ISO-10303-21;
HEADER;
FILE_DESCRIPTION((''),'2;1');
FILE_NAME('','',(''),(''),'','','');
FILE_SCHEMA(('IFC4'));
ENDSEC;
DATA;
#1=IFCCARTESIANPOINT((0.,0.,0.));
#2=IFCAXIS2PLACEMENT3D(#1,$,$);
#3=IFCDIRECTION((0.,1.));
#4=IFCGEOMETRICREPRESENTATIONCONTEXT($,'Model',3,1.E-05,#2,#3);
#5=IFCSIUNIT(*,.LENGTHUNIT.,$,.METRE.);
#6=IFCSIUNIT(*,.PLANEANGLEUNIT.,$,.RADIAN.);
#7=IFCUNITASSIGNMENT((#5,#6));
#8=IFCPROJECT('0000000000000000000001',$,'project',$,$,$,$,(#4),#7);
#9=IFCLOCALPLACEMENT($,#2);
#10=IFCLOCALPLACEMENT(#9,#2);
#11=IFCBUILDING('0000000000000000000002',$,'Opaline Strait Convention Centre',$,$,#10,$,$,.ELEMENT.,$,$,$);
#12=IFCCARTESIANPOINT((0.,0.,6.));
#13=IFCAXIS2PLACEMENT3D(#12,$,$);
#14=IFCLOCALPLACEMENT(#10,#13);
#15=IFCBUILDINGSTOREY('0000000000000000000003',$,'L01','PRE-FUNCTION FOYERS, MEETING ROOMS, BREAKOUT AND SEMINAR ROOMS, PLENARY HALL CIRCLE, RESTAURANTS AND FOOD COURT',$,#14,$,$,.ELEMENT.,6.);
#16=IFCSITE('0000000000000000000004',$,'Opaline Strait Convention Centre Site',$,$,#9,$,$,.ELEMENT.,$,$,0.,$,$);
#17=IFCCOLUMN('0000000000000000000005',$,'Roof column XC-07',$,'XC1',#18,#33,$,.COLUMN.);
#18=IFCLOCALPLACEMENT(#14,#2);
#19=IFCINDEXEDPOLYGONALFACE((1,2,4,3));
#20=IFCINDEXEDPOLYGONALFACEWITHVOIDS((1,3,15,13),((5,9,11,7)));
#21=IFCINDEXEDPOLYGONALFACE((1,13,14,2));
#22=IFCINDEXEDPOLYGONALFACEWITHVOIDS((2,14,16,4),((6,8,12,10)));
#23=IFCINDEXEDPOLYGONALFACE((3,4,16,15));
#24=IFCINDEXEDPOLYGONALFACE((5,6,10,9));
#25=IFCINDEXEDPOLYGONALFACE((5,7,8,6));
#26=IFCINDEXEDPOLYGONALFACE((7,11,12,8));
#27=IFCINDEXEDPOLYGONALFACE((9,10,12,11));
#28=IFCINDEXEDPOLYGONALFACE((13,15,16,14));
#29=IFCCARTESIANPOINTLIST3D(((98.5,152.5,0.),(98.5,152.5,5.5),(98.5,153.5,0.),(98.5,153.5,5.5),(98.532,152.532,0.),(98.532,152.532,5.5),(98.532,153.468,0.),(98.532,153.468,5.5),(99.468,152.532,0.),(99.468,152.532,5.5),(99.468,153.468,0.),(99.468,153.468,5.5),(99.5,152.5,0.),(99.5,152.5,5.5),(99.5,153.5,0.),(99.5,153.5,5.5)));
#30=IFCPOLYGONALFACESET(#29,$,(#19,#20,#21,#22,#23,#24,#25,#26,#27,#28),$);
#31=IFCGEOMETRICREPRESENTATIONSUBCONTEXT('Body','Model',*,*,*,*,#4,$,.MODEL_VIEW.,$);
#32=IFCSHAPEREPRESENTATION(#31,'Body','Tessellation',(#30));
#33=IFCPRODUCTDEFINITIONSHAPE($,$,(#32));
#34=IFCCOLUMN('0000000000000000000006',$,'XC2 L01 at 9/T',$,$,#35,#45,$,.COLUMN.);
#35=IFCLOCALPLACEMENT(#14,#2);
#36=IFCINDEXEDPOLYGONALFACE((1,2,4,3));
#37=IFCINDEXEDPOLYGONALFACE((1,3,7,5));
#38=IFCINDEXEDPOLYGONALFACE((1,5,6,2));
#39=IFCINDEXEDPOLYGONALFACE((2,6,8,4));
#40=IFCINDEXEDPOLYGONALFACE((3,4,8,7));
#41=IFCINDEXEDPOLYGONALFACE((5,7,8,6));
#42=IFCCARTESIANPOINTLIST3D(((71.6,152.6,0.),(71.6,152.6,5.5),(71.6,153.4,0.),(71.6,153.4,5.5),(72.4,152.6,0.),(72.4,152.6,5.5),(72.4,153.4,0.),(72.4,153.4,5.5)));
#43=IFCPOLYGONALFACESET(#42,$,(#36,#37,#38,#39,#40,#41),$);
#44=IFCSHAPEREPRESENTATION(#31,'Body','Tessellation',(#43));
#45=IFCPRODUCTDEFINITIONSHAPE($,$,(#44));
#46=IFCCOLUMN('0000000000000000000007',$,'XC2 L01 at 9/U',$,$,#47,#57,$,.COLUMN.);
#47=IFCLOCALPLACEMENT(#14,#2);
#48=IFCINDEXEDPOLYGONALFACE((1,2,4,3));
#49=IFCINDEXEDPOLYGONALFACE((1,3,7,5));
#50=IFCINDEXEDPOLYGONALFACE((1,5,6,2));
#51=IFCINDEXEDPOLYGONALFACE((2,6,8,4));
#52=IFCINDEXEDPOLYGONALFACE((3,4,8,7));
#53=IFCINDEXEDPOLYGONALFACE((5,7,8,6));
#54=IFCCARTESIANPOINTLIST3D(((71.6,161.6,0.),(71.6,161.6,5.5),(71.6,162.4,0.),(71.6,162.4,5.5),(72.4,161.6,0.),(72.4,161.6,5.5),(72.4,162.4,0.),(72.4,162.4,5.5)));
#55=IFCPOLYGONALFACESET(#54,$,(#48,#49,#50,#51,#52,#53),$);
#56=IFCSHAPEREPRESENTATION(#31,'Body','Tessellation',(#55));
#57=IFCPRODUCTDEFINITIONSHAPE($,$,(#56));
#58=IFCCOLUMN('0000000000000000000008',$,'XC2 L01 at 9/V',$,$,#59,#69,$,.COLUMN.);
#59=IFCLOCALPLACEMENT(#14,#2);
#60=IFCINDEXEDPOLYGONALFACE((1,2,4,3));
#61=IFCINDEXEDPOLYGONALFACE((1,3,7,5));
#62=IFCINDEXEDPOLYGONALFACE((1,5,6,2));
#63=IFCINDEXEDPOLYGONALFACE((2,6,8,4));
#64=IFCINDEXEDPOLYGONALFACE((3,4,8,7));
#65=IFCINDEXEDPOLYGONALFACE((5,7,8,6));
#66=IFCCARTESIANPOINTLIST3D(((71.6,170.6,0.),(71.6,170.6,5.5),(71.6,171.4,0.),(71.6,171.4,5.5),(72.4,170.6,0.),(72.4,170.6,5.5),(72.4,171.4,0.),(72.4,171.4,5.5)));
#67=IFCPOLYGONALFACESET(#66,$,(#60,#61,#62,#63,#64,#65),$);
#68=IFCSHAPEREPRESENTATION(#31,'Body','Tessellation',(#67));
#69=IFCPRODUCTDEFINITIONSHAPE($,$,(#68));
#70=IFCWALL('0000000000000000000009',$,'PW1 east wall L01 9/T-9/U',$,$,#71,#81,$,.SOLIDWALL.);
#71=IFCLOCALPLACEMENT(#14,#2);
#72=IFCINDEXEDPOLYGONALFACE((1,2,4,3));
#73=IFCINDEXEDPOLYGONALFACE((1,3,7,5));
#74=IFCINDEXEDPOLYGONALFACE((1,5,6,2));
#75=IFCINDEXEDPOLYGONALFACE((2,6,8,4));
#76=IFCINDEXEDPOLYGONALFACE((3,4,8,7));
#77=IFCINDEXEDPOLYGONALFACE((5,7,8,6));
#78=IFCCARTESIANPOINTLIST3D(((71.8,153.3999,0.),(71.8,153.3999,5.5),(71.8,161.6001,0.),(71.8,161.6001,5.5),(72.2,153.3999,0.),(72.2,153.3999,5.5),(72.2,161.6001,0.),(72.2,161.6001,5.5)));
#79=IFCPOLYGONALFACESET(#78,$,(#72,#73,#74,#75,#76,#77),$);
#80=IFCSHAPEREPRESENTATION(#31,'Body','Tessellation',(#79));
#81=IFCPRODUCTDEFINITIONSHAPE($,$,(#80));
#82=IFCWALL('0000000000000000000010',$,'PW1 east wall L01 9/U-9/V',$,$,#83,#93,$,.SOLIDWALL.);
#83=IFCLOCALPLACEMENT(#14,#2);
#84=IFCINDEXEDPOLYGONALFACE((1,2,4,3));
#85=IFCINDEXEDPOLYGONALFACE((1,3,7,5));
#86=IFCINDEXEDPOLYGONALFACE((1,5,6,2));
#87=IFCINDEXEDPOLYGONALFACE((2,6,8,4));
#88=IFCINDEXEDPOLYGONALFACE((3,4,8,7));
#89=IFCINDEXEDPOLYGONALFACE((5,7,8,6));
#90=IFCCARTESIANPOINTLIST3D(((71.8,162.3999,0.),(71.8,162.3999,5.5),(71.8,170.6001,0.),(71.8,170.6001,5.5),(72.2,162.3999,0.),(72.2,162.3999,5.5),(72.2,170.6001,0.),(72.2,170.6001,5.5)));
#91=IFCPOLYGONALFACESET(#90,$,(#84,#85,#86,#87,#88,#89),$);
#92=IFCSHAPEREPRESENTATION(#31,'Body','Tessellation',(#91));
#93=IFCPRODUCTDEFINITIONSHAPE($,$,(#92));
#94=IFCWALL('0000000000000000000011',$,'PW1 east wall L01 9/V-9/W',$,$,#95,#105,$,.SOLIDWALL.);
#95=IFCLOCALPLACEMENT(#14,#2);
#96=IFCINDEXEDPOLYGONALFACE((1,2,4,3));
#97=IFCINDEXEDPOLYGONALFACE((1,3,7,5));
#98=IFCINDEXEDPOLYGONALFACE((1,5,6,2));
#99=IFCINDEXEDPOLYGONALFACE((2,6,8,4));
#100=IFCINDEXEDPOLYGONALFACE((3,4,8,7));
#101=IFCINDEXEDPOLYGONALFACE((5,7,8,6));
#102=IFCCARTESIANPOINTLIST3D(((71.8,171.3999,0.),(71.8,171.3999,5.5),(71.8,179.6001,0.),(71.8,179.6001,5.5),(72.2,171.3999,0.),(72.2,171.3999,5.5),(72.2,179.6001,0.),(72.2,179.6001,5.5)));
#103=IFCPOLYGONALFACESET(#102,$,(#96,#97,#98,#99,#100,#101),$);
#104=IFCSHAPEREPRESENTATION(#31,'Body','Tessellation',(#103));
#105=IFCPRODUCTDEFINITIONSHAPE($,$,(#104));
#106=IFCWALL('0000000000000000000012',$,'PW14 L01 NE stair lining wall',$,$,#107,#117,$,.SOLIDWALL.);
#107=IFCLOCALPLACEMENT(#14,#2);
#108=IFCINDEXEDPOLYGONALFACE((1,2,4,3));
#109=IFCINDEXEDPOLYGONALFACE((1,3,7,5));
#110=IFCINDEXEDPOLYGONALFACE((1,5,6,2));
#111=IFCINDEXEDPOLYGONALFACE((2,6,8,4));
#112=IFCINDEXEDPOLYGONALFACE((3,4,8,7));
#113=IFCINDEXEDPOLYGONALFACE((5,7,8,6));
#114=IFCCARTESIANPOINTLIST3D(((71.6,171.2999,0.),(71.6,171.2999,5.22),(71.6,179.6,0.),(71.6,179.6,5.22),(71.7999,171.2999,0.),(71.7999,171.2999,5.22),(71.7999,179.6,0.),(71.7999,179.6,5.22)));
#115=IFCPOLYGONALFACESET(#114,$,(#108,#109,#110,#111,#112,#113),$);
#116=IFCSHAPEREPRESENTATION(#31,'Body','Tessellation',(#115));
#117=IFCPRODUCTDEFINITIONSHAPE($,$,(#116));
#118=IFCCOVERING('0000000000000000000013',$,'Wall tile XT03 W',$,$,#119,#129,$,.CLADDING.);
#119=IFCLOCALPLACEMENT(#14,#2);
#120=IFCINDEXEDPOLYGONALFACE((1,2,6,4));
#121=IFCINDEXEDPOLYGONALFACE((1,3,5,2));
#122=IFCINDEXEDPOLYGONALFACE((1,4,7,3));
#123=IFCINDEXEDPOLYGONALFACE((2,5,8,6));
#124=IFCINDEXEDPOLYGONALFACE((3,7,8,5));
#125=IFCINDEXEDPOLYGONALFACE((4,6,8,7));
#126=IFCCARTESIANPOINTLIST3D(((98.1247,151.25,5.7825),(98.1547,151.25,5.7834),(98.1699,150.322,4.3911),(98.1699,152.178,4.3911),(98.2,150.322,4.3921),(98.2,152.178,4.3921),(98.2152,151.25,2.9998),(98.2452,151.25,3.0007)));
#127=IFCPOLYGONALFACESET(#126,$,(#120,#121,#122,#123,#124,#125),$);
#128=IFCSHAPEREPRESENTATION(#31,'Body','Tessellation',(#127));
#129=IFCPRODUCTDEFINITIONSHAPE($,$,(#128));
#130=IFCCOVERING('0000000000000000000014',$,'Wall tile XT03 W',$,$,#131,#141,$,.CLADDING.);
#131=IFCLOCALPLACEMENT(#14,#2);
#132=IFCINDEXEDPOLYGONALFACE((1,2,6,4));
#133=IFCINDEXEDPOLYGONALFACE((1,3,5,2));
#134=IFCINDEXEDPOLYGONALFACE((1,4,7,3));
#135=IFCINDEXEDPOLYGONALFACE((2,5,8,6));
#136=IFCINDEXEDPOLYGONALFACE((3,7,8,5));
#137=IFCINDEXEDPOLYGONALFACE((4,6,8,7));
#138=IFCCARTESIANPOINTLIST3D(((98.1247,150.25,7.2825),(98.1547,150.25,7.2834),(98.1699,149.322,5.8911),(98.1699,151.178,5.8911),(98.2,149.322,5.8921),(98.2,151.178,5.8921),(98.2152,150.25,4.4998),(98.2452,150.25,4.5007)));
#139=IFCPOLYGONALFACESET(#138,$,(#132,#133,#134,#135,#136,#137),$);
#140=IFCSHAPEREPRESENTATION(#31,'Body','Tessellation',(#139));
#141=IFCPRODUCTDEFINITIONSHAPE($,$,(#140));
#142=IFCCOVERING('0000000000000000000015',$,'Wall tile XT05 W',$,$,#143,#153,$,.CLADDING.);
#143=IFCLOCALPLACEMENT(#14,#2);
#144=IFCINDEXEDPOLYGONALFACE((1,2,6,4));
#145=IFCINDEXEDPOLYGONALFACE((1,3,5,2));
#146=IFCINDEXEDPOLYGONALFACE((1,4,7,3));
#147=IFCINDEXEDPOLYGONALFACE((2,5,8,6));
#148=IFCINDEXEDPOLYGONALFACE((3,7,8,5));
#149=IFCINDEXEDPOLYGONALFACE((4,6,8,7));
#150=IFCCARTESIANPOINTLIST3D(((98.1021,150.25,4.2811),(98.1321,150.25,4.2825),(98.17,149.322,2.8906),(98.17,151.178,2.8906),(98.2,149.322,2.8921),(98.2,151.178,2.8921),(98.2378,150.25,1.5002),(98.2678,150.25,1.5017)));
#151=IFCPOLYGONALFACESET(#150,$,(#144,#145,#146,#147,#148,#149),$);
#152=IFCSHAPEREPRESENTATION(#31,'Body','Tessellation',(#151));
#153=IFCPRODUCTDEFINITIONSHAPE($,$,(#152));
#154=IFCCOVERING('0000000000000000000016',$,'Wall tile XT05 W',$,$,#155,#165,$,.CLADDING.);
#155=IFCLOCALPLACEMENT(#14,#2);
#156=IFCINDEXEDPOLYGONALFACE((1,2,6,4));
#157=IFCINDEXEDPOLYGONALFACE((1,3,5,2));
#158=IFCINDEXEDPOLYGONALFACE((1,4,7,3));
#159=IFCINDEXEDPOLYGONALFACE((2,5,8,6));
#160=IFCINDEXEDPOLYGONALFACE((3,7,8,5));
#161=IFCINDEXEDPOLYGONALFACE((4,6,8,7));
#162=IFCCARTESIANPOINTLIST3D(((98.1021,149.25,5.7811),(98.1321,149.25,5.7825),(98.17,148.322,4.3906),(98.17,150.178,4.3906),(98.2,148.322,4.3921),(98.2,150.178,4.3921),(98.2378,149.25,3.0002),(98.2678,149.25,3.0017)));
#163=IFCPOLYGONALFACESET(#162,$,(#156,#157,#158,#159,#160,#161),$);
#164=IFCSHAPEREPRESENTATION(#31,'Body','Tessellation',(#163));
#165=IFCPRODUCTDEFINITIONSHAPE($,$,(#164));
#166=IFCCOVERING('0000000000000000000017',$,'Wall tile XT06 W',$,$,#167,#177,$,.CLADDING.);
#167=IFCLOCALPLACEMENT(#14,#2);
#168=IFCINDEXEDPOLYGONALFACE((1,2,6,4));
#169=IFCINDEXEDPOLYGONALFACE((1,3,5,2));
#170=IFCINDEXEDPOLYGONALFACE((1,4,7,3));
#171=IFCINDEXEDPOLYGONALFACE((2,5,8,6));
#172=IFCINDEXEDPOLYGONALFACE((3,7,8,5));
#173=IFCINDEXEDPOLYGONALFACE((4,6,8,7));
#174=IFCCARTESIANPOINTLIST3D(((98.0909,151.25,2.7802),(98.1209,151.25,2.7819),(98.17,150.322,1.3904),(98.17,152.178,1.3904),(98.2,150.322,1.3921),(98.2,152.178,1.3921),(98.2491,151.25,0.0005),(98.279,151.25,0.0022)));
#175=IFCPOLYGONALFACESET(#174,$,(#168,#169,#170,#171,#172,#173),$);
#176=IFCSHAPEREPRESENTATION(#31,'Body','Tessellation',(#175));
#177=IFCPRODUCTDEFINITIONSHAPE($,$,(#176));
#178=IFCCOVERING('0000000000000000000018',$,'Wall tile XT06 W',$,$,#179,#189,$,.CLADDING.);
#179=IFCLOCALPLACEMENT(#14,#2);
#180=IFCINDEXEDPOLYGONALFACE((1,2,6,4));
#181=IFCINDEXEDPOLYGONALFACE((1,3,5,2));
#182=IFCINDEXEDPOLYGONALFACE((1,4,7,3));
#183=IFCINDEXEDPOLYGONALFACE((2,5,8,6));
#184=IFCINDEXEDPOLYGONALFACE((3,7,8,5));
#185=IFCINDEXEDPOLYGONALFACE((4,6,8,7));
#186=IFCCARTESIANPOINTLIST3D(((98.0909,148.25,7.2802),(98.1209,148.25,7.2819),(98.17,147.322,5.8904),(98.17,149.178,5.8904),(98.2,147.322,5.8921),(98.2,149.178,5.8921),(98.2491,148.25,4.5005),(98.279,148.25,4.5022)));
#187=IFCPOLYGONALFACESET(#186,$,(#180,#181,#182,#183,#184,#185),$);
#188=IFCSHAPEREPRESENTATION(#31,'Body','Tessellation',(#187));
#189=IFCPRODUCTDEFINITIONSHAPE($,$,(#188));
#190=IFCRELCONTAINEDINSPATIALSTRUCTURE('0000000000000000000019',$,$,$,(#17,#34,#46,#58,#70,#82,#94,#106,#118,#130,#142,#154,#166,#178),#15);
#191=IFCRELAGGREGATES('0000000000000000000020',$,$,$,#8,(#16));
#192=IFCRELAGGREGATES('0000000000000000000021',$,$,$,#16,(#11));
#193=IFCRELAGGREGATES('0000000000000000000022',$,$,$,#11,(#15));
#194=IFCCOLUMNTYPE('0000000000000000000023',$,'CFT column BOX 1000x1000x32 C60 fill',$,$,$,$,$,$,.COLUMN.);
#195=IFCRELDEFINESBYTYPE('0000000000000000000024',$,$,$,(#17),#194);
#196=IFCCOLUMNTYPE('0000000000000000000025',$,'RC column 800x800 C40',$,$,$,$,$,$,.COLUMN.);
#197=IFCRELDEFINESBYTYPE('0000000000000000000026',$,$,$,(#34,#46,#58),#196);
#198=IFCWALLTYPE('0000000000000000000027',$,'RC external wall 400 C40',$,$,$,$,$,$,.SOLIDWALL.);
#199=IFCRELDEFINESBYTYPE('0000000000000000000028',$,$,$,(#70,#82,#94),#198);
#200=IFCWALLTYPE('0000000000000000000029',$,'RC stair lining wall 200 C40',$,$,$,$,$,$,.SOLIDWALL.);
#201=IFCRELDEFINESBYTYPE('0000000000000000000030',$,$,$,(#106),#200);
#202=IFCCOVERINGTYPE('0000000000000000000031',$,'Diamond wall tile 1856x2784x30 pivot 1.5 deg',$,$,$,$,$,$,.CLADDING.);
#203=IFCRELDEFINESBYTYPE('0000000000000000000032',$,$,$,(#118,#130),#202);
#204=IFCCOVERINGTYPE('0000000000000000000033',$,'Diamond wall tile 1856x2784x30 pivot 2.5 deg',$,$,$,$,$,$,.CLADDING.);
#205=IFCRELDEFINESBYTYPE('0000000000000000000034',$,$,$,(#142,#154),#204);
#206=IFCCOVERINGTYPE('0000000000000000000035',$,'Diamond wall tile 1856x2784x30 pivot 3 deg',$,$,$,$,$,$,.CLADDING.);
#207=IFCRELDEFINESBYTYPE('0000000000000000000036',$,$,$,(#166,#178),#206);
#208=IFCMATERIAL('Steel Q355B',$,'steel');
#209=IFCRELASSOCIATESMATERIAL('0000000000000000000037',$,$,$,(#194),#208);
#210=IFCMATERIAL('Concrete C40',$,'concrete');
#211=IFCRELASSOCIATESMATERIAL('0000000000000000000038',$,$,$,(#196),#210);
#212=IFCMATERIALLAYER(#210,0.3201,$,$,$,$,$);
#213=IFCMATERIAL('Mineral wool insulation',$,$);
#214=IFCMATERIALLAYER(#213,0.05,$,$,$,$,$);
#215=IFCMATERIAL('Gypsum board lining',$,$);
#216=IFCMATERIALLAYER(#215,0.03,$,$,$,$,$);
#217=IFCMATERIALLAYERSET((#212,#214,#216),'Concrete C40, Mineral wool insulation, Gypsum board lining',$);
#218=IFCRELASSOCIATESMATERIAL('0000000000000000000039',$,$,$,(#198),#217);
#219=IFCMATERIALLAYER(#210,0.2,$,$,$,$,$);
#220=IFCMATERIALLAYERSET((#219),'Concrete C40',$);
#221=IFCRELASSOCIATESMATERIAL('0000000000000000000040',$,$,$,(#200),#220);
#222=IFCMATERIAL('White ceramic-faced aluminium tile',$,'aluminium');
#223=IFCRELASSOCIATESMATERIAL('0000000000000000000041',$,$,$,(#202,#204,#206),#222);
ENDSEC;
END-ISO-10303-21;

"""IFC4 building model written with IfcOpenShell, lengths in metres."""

from ifc_helpers import new_model, si_unit, direction, frame, frame_2d, origin, origin_2d, place, context, subcontext, project, spatial, polyline, rectangle, hollow_rectangle, outline, extrude, material, layer, layer_set, material_profile, profile_set, type_object, element, save


model = new_model("IFC4")

# Units and contexts
model_context = context("Model", 3, precision=1e-05, world=origin(), true_north=direction((0.0, 1.0)))
body_context = subcontext(model_context, "Body", "Model", "MODEL_VIEW")
ifc_project = project(units=[si_unit("LENGTHUNIT", "METRE"), si_unit("PLANEANGLEUNIT", "RADIAN")], contexts=[model_context])

# Site, building, storey
site_placement = place(None, origin())
site = spatial("IfcSite", under=ifc_project, at=site_placement, Name="Opaline Strait Convention Centre Site", CompositionType="ELEMENT", RefElevation=0.0)
building_placement = place(site_placement, origin())
building = spatial("IfcBuilding", under=site, at=building_placement, Name="Opaline Strait Convention Centre", CompositionType="ELEMENT")
storey_placement = place(building_placement, frame((0.0, 0.0, 6.0)))
storey = spatial("IfcBuildingStorey", under=building, at=storey_placement, Name="L01", Description="PRE-FUNCTION FOYERS, MEETING ROOMS, BREAKOUT AND SEMINAR ROOMS, PLENARY HALL CIRCLE, RESTAURANTS AND FOOD COURT", CompositionType="ELEMENT", Elevation=6.0)

# Columns
ifc_material_1 = material(Name="Steel Q355B", Category="steel")
ifc_material_profile_1 = material_profile(ifc_material_1, hollow_rectangle(XDim=1.0, YDim=1.0, WallThickness=0.032, at=origin_2d()), Name="BOX 1000x1000x32")
ifc_profile_set_1 = profile_set([ifc_material_profile_1], Name="Steel Q355B")
column_type_1 = type_object("IfcColumnType", Name="CFT column BOX 1000x1000x32 C60 fill", PredefinedType="COLUMN", material=ifc_profile_set_1)
column_placement = place(storey_placement, frame((99.0, 153.0, 0.0), z_axis=(0.0, 0.0, 1.0), x_axis=(1.0, 0.0, 0.0)))
element("IfcColumn", 1, at=column_placement, inside=storey, type_object=column_type_1, Name="Roof column XC-07", ObjectType="XC1", PredefinedType="COLUMN", context=body_context, shape_type="SweptSolid", body=[
    extrude(hollow_rectangle(XDim=1.0, YDim=1.0, WallThickness=0.032, at=origin_2d()), origin(), (0.0, 0.0, 1.0), 5.5),
])
ifc_material_2 = material(Name="Concrete C40", Category="concrete")
ifc_material_profile_2 = material_profile(ifc_material_2, rectangle(XDim=0.8, YDim=0.8, at=origin_2d()), Name="RC 800x800")
ifc_profile_set_2 = profile_set([ifc_material_profile_2], Name="Concrete C40")
column_type_2 = type_object("IfcColumnType", Name="RC column 800x800 C40", PredefinedType="COLUMN", material=ifc_profile_set_2)
for number, where, z_axis, x_axis, name in (
    (2, (72.0, 153.0, 0.0), (0.0, 0.0, 1.0), (1.0, 0.0, 0.0), "XC2 L01 at 9/T"),
    (3, (72.0, 162.0, 0.0), (0.0, 0.0, 1.0), (1.0, 0.0, 0.0), "XC2 L01 at 9/U"),
    (4, (72.0, 171.0, 0.0), (0.0, 0.0, 1.0), (1.0, 0.0, 0.0), "XC2 L01 at 9/V"),
):
    element("IfcColumn", number, at=place(storey_placement, frame(where, z_axis=z_axis, x_axis=x_axis)), inside=storey, type_object=column_type_2, Name=name, PredefinedType="COLUMN", context=body_context, shape_type="SweptSolid", body=[
        extrude(rectangle(XDim=0.8, YDim=0.8, at=origin_2d()), origin(), (0.0, 0.0, 1.0), 5.5),
    ])

# Walls
ifc_layer_1 = layer(ifc_material_2, 0.3201)
ifc_material_3 = material(Name="Mineral wool insulation")
ifc_layer_2 = layer(ifc_material_3, 0.05)
ifc_material_4 = material(Name="Gypsum board lining")
ifc_layer_3 = layer(ifc_material_4, 0.03)
ifc_layer_set_1 = layer_set([ifc_layer_1, ifc_layer_2, ifc_layer_3], Name="Concrete C40, Mineral wool insulation, Gypsum board lining")
wall_type_1 = type_object("IfcWallType", Name="RC external wall 400 C40", PredefinedType="SOLIDWALL", material=ifc_layer_set_1)
for number, where, z_axis, x_axis, name in (
    (5, (72.0, 153.3999, 0.0), (0.0, 0.0, 1.0), (0.0, 1.0, 0.0), "PW1 east wall L01 9/T-9/U"),
    (6, (72.0, 162.3999, 0.0), (0.0, 0.0, 1.0), (0.0, 1.0, 0.0), "PW1 east wall L01 9/U-9/V"),
    (7, (72.0, 171.3999, 0.0), (0.0, 0.0, 1.0), (0.0, 1.0, 0.0), "PW1 east wall L01 9/V-9/W"),
):
    element("IfcWall", number, at=place(storey_placement, frame(where, z_axis=z_axis, x_axis=x_axis)), inside=storey, type_object=wall_type_1, Name=name, PredefinedType="SOLIDWALL", context=body_context, shape_type="SweptSolid", body=[
        extrude(rectangle(XDim=8.2002, YDim=0.3999, at=frame_2d((4.1001, 0.0))), origin(), (0.0, 0.0, 1.0), 5.5),
    ])
ifc_layer_4 = layer(ifc_material_2, 0.2)
ifc_layer_set_2 = layer_set([ifc_layer_4], Name="Concrete C40")
wall_type_2 = type_object("IfcWallType", Name="RC stair lining wall 200 C40", PredefinedType="SOLIDWALL", material=ifc_layer_set_2)
wall_placement = place(storey_placement, frame((71.7, 171.3, 0.0), z_axis=(0.0, 0.0, 1.0), x_axis=(0.0, 1.0, 0.0)))
element("IfcWall", 8, at=wall_placement, inside=storey, type_object=wall_type_2, Name="PW14 L01 NE stair lining wall", PredefinedType="SOLIDWALL", context=body_context, shape_type="SweptSolid", body=[
    extrude(rectangle(XDim=8.3, YDim=0.2, at=frame_2d((4.1499, 0.0))), origin(), (0.0, 0.0, 1.0), 5.22),
])

# Coverings
ifc_material_5 = material(Name="White ceramic-faced aluminium tile", Category="aluminium")
ifc_material_profile_3 = material_profile(ifc_material_5, outline(polyline([(0.928, 0.0), (0.0, 1.3921), (-0.928, 0.0), (0.0, -1.3921), (0.928, 0.0)])), Name="Diamond tile 1856x2784")
ifc_profile_set_3 = profile_set([ifc_material_profile_3], Name="White ceramic-faced aluminium tile")
covering_type_1 = type_object("IfcCoveringType", Name="Diamond wall tile 1856x2784x30 pivot 1.5 deg", PredefinedType="CLADDING", material=ifc_profile_set_3)
for number, where, z_axis, x_axis, name in (
    (9, (98.2, 151.25, 4.3921), (-0.999472, 0.0, -0.032503), (0.0, -1.0, 0.0), "Wall tile XT03 W"),
    (10, (98.2, 150.25, 5.8921), (-0.999472, 0.0, -0.032503), (0.0, -1.0, 0.0), "Wall tile XT03 W"),
):
    element("IfcCovering", number, at=place(storey_placement, frame(where, z_axis=z_axis, x_axis=x_axis)), inside=storey, type_object=covering_type_1, Name=name, PredefinedType="CLADDING", context=body_context, shape_type="SweptSolid", body=[
        extrude(outline(polyline([(0.928, 0.0), (0.0, 1.3921), (-0.928, 0.0), (0.0, -1.3921), (0.928, 0.0)])), origin(), (0.0, 0.0, 1.0), 0.03),
    ])
ifc_material_profile_4 = material_profile(ifc_material_5, outline(polyline([(0.928, 0.0), (0.0, 1.3921), (-0.928, 0.0), (0.0, -1.3921), (0.928, 0.0)])), Name="Diamond tile 1856x2784")
ifc_profile_set_4 = profile_set([ifc_material_profile_4], Name="White ceramic-faced aluminium tile")
covering_type_2 = type_object("IfcCoveringType", Name="Diamond wall tile 1856x2784x30 pivot 2.5 deg", PredefinedType="CLADDING", material=ifc_profile_set_4)
for number, where, z_axis, x_axis, name in (
    (11, (98.2, 150.25, 2.8921), (-0.998812, 0.0, -0.048723), (0.0, -1.0, 0.0), "Wall tile XT05 W"),
    (12, (98.2, 149.25, 4.3921), (-0.998812, 0.0, -0.048723), (0.0, -1.0, 0.0), "Wall tile XT05 W"),
):
    element("IfcCovering", number, at=place(storey_placement, frame(where, z_axis=z_axis, x_axis=x_axis)), inside=storey, type_object=covering_type_2, Name=name, PredefinedType="CLADDING", context=body_context, shape_type="SweptSolid", body=[
        extrude(outline(polyline([(0.928, 0.0), (0.0, 1.3921), (-0.928, 0.0), (0.0, -1.3921), (0.928, 0.0)])), origin(), (0.0, 0.0, 1.0), 0.03),
    ])
ifc_material_profile_5 = material_profile(ifc_material_5, outline(polyline([(0.928, 0.0), (0.0, 1.3921), (-0.928, 0.0), (0.0, -1.3921), (0.928, 0.0)])), Name="Diamond tile 1856x2784")
ifc_profile_set_5 = profile_set([ifc_material_profile_5], Name="White ceramic-faced aluminium tile")
covering_type_3 = type_object("IfcCoveringType", Name="Diamond wall tile 1856x2784x30 pivot 3 deg", PredefinedType="CLADDING", material=ifc_profile_set_5)
for number, where, z_axis, x_axis, name in (
    (13, (98.2, 151.25, 1.3921), (-0.998385, 0.0, -0.056819), (0.0, -1.0, 0.0), "Wall tile XT06 W"),
    (14, (98.2, 148.25, 5.8921), (-0.998385, 0.0, -0.056819), (0.0, -1.0, 0.0), "Wall tile XT06 W"),
):
    element("IfcCovering", number, at=place(storey_placement, frame(where, z_axis=z_axis, x_axis=x_axis)), inside=storey, type_object=covering_type_3, Name=name, PredefinedType="CLADDING", context=body_context, shape_type="SweptSolid", body=[
        extrude(outline(polyline([(0.928, 0.0), (0.0, 1.3921), (-0.928, 0.0), (0.0, -1.3921), (0.928, 0.0)])), origin(), (0.0, 0.0, 1.0), 0.03),
    ])

save(model, "model.ifc")
